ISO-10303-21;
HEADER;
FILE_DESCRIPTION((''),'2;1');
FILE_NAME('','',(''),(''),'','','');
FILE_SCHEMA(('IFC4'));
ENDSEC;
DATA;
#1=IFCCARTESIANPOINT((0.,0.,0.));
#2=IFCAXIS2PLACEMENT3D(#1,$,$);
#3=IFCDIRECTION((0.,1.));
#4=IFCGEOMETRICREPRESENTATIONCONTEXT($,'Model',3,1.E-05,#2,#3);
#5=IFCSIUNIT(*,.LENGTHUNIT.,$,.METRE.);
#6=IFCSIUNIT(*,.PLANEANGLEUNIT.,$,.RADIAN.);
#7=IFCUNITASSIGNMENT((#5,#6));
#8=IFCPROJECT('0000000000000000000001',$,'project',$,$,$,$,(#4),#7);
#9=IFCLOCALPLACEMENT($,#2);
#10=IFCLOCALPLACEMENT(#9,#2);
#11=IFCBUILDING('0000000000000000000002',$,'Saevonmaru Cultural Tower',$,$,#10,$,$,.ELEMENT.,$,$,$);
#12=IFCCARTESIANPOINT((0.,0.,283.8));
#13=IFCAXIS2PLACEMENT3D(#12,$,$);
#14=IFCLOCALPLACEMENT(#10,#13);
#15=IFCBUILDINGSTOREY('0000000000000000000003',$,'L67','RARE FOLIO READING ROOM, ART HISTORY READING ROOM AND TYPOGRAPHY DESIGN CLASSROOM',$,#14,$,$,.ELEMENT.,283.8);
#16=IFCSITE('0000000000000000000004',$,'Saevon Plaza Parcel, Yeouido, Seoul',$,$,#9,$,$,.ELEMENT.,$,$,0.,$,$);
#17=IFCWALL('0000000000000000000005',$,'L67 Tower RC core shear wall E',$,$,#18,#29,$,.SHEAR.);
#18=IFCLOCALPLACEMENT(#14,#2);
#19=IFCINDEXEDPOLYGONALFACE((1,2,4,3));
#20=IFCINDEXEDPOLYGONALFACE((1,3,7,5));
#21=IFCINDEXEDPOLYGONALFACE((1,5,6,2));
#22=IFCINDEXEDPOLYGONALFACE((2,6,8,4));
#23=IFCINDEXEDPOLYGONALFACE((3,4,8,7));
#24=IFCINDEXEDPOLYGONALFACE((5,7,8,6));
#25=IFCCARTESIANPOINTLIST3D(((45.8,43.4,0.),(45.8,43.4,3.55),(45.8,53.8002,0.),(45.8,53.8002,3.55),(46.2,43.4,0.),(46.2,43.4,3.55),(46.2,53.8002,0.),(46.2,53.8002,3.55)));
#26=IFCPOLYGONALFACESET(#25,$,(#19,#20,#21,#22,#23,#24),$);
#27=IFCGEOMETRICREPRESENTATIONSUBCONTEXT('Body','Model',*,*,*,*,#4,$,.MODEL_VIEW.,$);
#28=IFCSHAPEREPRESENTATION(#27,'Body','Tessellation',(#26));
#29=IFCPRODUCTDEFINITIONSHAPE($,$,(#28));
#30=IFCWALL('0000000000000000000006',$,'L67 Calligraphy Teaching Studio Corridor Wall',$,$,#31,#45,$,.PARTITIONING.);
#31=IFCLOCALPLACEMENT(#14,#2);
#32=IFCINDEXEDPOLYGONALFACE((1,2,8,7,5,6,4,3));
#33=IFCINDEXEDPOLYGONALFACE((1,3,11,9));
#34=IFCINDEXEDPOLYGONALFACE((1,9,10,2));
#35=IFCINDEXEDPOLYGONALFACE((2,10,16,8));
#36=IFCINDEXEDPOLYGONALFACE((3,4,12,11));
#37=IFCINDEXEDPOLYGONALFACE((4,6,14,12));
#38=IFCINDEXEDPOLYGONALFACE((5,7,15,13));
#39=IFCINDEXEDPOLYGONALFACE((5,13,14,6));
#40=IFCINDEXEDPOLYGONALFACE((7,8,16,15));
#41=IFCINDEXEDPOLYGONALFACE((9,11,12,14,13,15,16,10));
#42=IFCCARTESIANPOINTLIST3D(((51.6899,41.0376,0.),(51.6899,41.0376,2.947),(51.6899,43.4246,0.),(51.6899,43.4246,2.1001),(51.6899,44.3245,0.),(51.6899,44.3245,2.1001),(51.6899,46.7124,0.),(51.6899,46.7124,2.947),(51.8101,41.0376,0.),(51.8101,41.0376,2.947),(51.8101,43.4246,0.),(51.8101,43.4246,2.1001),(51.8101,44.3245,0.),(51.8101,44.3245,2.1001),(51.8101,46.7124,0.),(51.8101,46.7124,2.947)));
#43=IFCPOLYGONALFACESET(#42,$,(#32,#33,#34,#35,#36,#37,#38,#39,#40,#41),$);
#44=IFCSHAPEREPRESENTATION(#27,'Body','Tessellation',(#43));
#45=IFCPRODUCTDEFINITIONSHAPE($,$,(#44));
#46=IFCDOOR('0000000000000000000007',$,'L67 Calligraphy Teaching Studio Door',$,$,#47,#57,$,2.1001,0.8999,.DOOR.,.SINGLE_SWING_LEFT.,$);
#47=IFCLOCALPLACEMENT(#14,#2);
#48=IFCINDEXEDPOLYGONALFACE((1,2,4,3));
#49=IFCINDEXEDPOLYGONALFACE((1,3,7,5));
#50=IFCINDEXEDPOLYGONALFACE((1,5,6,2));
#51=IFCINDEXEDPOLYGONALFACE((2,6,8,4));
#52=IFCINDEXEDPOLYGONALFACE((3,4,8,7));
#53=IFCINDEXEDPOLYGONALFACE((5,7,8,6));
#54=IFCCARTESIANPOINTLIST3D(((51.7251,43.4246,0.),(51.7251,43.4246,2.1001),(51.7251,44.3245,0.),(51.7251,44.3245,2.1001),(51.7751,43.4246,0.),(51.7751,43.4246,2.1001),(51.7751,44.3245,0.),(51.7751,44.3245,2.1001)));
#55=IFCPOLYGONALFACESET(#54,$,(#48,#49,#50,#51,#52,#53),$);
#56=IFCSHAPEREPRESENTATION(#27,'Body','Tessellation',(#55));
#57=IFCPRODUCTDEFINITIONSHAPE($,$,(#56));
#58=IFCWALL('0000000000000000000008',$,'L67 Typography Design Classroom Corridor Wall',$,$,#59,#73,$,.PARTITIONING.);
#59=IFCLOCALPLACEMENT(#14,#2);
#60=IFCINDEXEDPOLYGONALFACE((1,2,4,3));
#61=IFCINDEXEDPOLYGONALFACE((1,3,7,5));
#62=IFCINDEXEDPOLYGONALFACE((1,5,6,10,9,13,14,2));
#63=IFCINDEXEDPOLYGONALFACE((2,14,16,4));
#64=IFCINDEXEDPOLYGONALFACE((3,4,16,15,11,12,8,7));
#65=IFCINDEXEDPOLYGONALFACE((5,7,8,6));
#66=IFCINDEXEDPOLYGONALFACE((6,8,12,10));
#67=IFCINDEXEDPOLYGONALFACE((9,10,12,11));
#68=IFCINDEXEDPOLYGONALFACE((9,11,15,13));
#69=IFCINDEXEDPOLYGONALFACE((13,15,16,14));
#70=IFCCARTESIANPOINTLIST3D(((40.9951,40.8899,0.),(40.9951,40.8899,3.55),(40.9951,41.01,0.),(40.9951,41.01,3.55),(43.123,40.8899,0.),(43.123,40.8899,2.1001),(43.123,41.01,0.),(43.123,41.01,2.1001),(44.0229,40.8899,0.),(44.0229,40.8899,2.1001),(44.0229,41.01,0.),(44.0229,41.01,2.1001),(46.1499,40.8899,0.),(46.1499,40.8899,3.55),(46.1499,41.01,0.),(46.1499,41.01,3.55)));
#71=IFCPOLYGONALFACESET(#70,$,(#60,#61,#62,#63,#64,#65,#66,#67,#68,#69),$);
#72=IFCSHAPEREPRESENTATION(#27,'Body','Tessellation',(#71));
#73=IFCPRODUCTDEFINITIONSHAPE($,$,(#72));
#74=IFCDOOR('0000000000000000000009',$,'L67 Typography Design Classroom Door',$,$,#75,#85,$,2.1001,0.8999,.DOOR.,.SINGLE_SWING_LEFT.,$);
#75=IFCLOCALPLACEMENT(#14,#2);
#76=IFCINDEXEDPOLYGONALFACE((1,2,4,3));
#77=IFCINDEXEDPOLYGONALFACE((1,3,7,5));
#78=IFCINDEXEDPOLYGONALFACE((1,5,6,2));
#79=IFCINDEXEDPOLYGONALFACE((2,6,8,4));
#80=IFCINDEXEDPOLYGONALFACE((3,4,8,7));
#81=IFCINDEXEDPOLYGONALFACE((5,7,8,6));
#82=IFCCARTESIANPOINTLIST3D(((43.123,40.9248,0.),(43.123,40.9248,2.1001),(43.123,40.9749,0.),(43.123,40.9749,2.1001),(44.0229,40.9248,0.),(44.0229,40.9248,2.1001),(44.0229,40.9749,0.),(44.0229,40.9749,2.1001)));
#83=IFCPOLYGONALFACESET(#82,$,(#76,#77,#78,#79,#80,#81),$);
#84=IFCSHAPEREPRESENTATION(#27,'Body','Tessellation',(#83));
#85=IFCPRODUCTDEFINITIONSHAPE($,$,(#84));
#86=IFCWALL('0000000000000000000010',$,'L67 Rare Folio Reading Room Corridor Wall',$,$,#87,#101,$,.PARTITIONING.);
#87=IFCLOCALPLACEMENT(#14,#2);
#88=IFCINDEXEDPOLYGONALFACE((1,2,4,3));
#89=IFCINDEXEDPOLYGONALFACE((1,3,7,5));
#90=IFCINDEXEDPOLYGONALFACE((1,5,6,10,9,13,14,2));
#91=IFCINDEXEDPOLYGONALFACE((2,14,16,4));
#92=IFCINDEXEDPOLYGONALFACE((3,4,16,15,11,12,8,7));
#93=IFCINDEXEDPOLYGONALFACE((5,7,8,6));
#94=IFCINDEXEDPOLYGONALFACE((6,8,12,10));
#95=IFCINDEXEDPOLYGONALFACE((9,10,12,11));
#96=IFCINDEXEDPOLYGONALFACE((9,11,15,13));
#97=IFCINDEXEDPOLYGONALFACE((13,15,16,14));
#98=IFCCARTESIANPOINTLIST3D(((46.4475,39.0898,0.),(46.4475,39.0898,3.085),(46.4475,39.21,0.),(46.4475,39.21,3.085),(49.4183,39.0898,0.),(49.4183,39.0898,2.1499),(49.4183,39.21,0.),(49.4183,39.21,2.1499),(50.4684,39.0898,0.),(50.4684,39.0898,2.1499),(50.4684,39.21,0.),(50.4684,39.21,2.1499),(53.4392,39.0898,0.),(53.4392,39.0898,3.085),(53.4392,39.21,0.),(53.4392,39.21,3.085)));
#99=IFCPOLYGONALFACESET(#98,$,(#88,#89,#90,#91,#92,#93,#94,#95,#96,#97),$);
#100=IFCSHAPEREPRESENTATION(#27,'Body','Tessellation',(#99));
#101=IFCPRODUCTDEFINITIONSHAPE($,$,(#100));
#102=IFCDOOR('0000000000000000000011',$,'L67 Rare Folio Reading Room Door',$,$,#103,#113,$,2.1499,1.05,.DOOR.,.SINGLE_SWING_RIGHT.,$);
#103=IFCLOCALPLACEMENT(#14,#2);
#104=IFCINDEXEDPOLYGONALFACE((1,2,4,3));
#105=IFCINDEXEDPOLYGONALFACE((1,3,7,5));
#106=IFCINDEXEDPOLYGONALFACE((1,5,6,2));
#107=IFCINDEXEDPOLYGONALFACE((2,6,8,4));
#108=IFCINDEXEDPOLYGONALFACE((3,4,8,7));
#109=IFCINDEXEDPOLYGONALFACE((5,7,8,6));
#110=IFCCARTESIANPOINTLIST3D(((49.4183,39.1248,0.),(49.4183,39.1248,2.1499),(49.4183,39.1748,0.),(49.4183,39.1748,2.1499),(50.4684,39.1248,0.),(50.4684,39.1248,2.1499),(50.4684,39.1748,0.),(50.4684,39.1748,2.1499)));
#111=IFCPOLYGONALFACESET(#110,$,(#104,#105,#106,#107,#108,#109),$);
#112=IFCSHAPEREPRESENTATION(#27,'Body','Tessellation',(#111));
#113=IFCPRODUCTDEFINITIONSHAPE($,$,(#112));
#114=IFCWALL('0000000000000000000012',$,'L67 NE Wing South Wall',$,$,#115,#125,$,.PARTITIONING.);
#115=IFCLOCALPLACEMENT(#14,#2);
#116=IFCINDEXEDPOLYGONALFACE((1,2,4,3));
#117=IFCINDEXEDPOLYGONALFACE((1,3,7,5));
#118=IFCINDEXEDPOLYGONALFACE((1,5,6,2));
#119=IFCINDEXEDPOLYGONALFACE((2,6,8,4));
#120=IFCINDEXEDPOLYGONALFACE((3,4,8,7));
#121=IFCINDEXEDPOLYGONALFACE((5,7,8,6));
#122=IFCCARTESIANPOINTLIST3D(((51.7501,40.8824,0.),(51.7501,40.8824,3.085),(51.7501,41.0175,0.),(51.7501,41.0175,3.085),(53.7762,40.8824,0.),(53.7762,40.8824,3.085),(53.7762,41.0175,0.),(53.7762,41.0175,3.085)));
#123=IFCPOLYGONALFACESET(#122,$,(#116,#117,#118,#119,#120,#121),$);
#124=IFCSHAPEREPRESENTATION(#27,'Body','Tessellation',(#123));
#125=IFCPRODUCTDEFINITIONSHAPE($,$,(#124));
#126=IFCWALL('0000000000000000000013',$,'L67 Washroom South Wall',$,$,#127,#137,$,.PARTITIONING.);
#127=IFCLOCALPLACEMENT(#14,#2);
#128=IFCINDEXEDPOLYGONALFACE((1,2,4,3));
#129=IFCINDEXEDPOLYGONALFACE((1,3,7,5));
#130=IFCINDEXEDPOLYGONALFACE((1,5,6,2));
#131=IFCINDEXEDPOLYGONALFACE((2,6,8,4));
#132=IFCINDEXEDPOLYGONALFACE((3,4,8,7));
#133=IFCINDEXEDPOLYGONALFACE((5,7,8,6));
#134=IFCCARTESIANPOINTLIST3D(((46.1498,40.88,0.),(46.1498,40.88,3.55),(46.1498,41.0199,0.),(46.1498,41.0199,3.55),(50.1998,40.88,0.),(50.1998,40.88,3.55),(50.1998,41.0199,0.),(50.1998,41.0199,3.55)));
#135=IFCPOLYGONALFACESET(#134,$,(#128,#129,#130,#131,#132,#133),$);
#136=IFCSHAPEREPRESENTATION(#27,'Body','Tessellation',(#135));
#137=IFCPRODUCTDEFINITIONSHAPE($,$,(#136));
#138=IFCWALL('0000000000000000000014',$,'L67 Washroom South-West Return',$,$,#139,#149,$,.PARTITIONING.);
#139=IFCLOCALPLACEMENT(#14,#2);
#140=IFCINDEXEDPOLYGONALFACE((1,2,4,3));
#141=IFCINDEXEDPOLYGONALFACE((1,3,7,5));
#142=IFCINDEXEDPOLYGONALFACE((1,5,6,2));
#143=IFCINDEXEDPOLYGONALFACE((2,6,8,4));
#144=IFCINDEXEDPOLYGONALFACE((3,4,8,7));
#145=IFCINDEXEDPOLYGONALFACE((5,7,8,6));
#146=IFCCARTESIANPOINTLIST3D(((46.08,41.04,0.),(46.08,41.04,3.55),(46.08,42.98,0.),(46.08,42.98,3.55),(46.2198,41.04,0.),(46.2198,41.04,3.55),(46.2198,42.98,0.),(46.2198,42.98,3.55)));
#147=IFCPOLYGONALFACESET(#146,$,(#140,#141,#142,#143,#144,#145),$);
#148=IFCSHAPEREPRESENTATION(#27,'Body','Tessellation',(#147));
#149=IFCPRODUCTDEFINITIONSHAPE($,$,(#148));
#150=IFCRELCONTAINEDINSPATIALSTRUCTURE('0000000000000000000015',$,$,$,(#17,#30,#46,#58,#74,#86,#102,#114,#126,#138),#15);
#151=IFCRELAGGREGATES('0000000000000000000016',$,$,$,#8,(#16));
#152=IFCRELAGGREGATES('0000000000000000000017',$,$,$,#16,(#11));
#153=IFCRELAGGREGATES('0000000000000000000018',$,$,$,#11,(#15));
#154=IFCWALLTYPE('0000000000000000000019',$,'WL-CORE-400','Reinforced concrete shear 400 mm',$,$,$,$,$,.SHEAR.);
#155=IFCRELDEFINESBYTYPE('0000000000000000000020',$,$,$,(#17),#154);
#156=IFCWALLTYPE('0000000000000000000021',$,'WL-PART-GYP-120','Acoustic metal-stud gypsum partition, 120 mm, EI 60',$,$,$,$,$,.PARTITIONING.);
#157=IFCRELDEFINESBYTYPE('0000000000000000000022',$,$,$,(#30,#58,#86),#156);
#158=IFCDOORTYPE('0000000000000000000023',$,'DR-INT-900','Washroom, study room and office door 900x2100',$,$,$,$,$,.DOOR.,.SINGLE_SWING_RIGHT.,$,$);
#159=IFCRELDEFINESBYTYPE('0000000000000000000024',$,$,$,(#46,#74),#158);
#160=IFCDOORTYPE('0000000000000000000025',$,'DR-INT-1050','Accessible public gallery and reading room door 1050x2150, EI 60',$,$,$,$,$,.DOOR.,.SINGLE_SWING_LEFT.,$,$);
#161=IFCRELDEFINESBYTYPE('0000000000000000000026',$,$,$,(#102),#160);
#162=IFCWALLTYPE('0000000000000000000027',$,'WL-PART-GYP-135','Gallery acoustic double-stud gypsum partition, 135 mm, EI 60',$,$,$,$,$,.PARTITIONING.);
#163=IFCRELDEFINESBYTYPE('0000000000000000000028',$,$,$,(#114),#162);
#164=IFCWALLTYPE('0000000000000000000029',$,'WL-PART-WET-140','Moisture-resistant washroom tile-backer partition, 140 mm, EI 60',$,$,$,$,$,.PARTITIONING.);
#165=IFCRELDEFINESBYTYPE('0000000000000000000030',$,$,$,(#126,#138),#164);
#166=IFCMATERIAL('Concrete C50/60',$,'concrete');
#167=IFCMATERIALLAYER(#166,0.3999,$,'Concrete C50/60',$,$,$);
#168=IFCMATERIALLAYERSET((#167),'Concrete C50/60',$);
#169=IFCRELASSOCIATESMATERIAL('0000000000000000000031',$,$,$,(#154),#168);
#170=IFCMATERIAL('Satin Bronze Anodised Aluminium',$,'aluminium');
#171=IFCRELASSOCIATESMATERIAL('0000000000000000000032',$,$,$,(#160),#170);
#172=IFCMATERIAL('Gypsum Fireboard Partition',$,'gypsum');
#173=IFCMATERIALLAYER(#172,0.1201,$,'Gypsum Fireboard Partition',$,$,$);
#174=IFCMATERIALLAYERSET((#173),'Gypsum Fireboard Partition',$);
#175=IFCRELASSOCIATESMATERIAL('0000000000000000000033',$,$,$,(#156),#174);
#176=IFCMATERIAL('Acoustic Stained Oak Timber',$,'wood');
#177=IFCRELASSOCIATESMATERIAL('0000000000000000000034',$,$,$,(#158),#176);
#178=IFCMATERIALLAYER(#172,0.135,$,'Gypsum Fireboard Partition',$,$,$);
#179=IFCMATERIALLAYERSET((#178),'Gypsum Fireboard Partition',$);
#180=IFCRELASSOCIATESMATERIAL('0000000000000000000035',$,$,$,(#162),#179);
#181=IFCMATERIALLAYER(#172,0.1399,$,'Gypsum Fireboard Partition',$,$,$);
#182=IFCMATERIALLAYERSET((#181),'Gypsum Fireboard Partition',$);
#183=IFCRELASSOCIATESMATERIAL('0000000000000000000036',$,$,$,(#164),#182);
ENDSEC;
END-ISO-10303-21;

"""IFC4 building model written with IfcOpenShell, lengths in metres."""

from ifc_helpers import new_model, si_unit, direction, frame, frame_2d, origin, place, context, subcontext, project, spatial, rectangle, extrude, material, layer, layer_set, type_object, element, fill, save


model = new_model("IFC4")

# Units and contexts
model_context = context("Model", 3, precision=1e-05, world=origin(), true_north=direction((0.0, 1.0)))
body_context = subcontext(model_context, "Body", "Model", "MODEL_VIEW")
ifc_project = project(units=[si_unit("LENGTHUNIT", "METRE"), si_unit("PLANEANGLEUNIT", "RADIAN")], contexts=[model_context])

# Site, building, storey
site_placement = place(None, origin())
site = spatial("IfcSite", under=ifc_project, at=site_placement, Name="Saevon Plaza Parcel, Yeouido, Seoul", CompositionType="ELEMENT", RefElevation=0.0)
building_placement = place(site_placement, origin())
building = spatial("IfcBuilding", under=site, at=building_placement, Name="Saevonmaru Cultural Tower", CompositionType="ELEMENT")
storey_placement = place(building_placement, frame((0.0, 0.0, 283.8)))
storey = spatial("IfcBuildingStorey", under=building, at=storey_placement, Name="L67", Description="RARE FOLIO READING ROOM, ART HISTORY READING ROOM AND TYPOGRAPHY DESIGN CLASSROOM", CompositionType="ELEMENT", Elevation=283.8)

# Shared definitions
ifc_material_1 = material(Name="Satin Bronze Anodised Aluminium", Category="aluminium")

# Wall
ifc_material_2 = material(Name="Concrete C50/60", Category="concrete")
ifc_layer_1 = layer(ifc_material_2, 0.3999, Name="Concrete C50/60")
ifc_layer_set_1 = layer_set([ifc_layer_1], Name="Concrete C50/60")
wall_type_1 = type_object("IfcWallType", Name="WL-CORE-400", Description="Reinforced concrete shear 400 mm", PredefinedType="SHEAR", material=ifc_layer_set_1)
wall_1_placement = place(storey_placement, frame((46.0, 43.3999, 0.0), z_axis=(0.0, 0.0, 1.0), x_axis=(0.0, 1.0, 0.0)))
element("IfcWall", 1, at=wall_1_placement, inside=storey, type_object=wall_type_1, Name="L67 Tower RC core shear wall E", PredefinedType="SHEAR", context=body_context, shape_type="SweptSolid", body=[
    extrude(rectangle(XDim=10.4001, YDim=0.3999, at=frame_2d((5.2002, 0.0))), origin(), (0.0, 0.0, 1.0), 3.55),
])

# Walls, openings, doors
ifc_material_3 = material(Name="Gypsum Fireboard Partition", Category="gypsum")
door_type_1 = type_object("IfcDoorType", Name="DR-INT-1050", Description="Accessible public gallery and reading room door 1050x2150, EI 60", OperationType="SINGLE_SWING_LEFT", PredefinedType="DOOR", material=ifc_material_1)
ifc_layer_2 = layer(ifc_material_3, 0.1201, Name="Gypsum Fireboard Partition")
ifc_layer_set_2 = layer_set([ifc_layer_2], Name="Gypsum Fireboard Partition")
wall_type_2 = type_object("IfcWallType", Name="WL-PART-GYP-120", Description="Acoustic metal-stud gypsum partition, 120 mm, EI 60", PredefinedType="PARTITIONING", material=ifc_layer_set_2)
wall_2_placement = place(storey_placement, frame((51.75, 41.0376, 0.0), z_axis=(0.0, 0.0, 1.0), x_axis=(0.0, 1.0, 0.0)))
wall_2 = element("IfcWall", 2, at=wall_2_placement, inside=storey, type_object=wall_type_2, Name="L67 Calligraphy Teaching Studio Corridor Wall", PredefinedType="PARTITIONING", context=body_context, shape_type="SweptSolid", body=[
    extrude(rectangle(XDim=5.6748, YDim=0.1201, at=frame_2d((2.8374, 0.0))), origin(), (0.0, 0.0, 1.0), 2.947),
])
opening_1_placement = place(wall_2_placement, frame((2.387, 0.0, 0.0)))
opening_1 = element("IfcOpeningElement", 3, at=opening_1_placement, cuts=wall_2, PredefinedType="OPENING", context=body_context, shape_type="SweptSolid", body=[
    extrude(rectangle(XDim=0.8999, YDim=2.1001, at=frame_2d((0.45, 1.05))), frame((0.0, 0.0701, 0.0), z_axis=(0.0, -1.0, 0.0), x_axis=(1.0, 0.0, 0.0)), (0.0, 0.0, 1.0), 0.1401),
])
ifc_material_4 = material(Name="Acoustic Stained Oak Timber", Category="wood")
door_type_2 = type_object("IfcDoorType", Name="DR-INT-900", Description="Washroom, study room and office door 900x2100", OperationType="SINGLE_SWING_RIGHT", PredefinedType="DOOR", material=ifc_material_4)
door_1_placement = place(opening_1_placement, origin())
door_1 = element("IfcDoor", 4, at=door_1_placement, inside=storey, type_object=door_type_2, Name="L67 Calligraphy Teaching Studio Door", OperationType="SINGLE_SWING_LEFT", OverallHeight=2.1001, OverallWidth=0.8999, PredefinedType="DOOR", context=body_context, shape_type="SweptSolid", body=[
    extrude(rectangle(XDim=0.8999, YDim=2.1001, at=frame_2d((0.45, 1.05))), frame((0.0, 0.0249, 0.0), z_axis=(0.0, -1.0, 0.0), x_axis=(1.0, 0.0, 0.0)), (0.0, 0.0, 1.0), 0.05),
])
fill(opening_1, door_1)
wall_3_placement = place(storey_placement, frame((40.9951, 40.95, 0.0), z_axis=(0.0, 0.0, 1.0), x_axis=(1.0, 0.0, 0.0)))
wall_3 = element("IfcWall", 5, at=wall_3_placement, inside=storey, type_object=wall_type_2, Name="L67 Typography Design Classroom Corridor Wall", PredefinedType="PARTITIONING", context=body_context, shape_type="SweptSolid", body=[
    extrude(rectangle(XDim=5.1548, YDim=0.1201, at=frame_2d((2.5774, 0.0))), origin(), (0.0, 0.0, 1.0), 3.55),
])
opening_2_placement = place(wall_3_placement, frame((2.1279, 0.0, 0.0)))
opening_2 = element("IfcOpeningElement", 6, at=opening_2_placement, cuts=wall_3, PredefinedType="OPENING", context=body_context, shape_type="SweptSolid", body=[
    extrude(rectangle(XDim=0.8999, YDim=2.1001, at=frame_2d((0.45, 1.05))), frame((0.0, 0.0701, 0.0), z_axis=(0.0, -1.0, 0.0), x_axis=(1.0, 0.0, 0.0)), (0.0, 0.0, 1.0), 0.1401),
])
door_2_placement = place(opening_2_placement, origin())
door_2 = element("IfcDoor", 7, at=door_2_placement, inside=storey, type_object=door_type_2, Name="L67 Typography Design Classroom Door", OperationType="SINGLE_SWING_LEFT", OverallHeight=2.1001, OverallWidth=0.8999, PredefinedType="DOOR", context=body_context, shape_type="SweptSolid", body=[
    extrude(rectangle(XDim=0.8999, YDim=2.1001, at=frame_2d((0.45, 1.05))), frame((0.0, 0.0249, 0.0), z_axis=(0.0, -1.0, 0.0), x_axis=(1.0, 0.0, 0.0)), (0.0, 0.0, 1.0), 0.05),
])
fill(opening_2, door_2)
wall_4_placement = place(storey_placement, frame((46.4475, 39.1499, 0.0), z_axis=(0.0, 0.0, 1.0), x_axis=(1.0, 0.0, 0.0)))
wall_4 = element("IfcWall", 8, at=wall_4_placement, inside=storey, type_object=wall_type_2, Name="L67 Rare Folio Reading Room Corridor Wall", PredefinedType="PARTITIONING", context=body_context, shape_type="SweptSolid", body=[
    extrude(rectangle(XDim=6.9917, YDim=0.1201, at=frame_2d((3.4958, 0.0))), origin(), (0.0, 0.0, 1.0), 3.085),
])
opening_3_placement = place(wall_4_placement, frame((2.9709, 0.0, 0.0)))
opening_3 = element("IfcOpeningElement", 9, at=opening_3_placement, cuts=wall_4, PredefinedType="OPENING", context=body_context, shape_type="SweptSolid", body=[
    extrude(rectangle(XDim=1.05, YDim=2.1499, at=frame_2d((0.5249, 1.075))), frame((0.0, 0.0701, 0.0), z_axis=(0.0, -1.0, 0.0), x_axis=(1.0, 0.0, 0.0)), (0.0, 0.0, 1.0), 0.1401),
])
door_3_placement = place(opening_3_placement, origin())
door_3 = element("IfcDoor", 10, at=door_3_placement, inside=storey, type_object=door_type_1, Name="L67 Rare Folio Reading Room Door", OperationType="SINGLE_SWING_RIGHT", OverallHeight=2.1499, OverallWidth=1.05, PredefinedType="DOOR", context=body_context, shape_type="SweptSolid", body=[
    extrude(rectangle(XDim=1.05, YDim=2.1499, at=frame_2d((0.5249, 1.075))), frame((0.0, 0.0249, 0.0), z_axis=(0.0, -1.0, 0.0), x_axis=(1.0, 0.0, 0.0)), (0.0, 0.0, 1.0), 0.05),
])
fill(opening_3, door_3)

# Walls
ifc_layer_3 = layer(ifc_material_3, 0.135, Name="Gypsum Fireboard Partition")
ifc_layer_set_3 = layer_set([ifc_layer_3], Name="Gypsum Fireboard Partition")
wall_type_3 = type_object("IfcWallType", Name="WL-PART-GYP-135", Description="Gallery acoustic double-stud gypsum partition, 135 mm, EI 60", PredefinedType="PARTITIONING", material=ifc_layer_set_3)
wall_5_placement = place(storey_placement, frame((51.75, 40.95, 0.0), z_axis=(0.0, 0.0, 1.0), x_axis=(1.0, 0.0, 0.0)))
element("IfcWall", 11, at=wall_5_placement, inside=storey, type_object=wall_type_3, Name="L67 NE Wing South Wall", PredefinedType="PARTITIONING", context=body_context, shape_type="SweptSolid", body=[
    extrude(rectangle(XDim=2.0261, YDim=0.135, at=frame_2d((1.0132, 0.0))), origin(), (0.0, 0.0, 1.0), 3.085),
])
ifc_layer_4 = layer(ifc_material_3, 0.1399, Name="Gypsum Fireboard Partition")
ifc_layer_set_4 = layer_set([ifc_layer_4], Name="Gypsum Fireboard Partition")
wall_type_4 = type_object("IfcWallType", Name="WL-PART-WET-140", Description="Moisture-resistant washroom tile-backer partition, 140 mm, EI 60", PredefinedType="PARTITIONING", material=ifc_layer_set_4)
wall_6_placement = place(storey_placement, frame((46.1499, 40.95, 0.0), z_axis=(0.0, 0.0, 1.0), x_axis=(1.0, 0.0, 0.0)))
element("IfcWall", 12, at=wall_6_placement, inside=storey, type_object=wall_type_4, Name="L67 Washroom South Wall", PredefinedType="PARTITIONING", context=body_context, shape_type="SweptSolid", body=[
    extrude(rectangle(XDim=4.05, YDim=0.1399, at=frame_2d((2.0249, 0.0))), origin(), (0.0, 0.0, 1.0), 3.55),
])
wall_7_placement = place(storey_placement, frame((46.1499, 41.04, 0.0), z_axis=(0.0, 0.0, 1.0), x_axis=(0.0, 1.0, 0.0)))
element("IfcWall", 13, at=wall_7_placement, inside=storey, type_object=wall_type_4, Name="L67 Washroom South-West Return", PredefinedType="PARTITIONING", context=body_context, shape_type="SweptSolid", body=[
    extrude(rectangle(XDim=1.9399, YDim=0.1399, at=frame_2d((0.97, 0.0))), origin(), (0.0, 0.0, 1.0), 3.55),
])

save(model, "model.ifc")
